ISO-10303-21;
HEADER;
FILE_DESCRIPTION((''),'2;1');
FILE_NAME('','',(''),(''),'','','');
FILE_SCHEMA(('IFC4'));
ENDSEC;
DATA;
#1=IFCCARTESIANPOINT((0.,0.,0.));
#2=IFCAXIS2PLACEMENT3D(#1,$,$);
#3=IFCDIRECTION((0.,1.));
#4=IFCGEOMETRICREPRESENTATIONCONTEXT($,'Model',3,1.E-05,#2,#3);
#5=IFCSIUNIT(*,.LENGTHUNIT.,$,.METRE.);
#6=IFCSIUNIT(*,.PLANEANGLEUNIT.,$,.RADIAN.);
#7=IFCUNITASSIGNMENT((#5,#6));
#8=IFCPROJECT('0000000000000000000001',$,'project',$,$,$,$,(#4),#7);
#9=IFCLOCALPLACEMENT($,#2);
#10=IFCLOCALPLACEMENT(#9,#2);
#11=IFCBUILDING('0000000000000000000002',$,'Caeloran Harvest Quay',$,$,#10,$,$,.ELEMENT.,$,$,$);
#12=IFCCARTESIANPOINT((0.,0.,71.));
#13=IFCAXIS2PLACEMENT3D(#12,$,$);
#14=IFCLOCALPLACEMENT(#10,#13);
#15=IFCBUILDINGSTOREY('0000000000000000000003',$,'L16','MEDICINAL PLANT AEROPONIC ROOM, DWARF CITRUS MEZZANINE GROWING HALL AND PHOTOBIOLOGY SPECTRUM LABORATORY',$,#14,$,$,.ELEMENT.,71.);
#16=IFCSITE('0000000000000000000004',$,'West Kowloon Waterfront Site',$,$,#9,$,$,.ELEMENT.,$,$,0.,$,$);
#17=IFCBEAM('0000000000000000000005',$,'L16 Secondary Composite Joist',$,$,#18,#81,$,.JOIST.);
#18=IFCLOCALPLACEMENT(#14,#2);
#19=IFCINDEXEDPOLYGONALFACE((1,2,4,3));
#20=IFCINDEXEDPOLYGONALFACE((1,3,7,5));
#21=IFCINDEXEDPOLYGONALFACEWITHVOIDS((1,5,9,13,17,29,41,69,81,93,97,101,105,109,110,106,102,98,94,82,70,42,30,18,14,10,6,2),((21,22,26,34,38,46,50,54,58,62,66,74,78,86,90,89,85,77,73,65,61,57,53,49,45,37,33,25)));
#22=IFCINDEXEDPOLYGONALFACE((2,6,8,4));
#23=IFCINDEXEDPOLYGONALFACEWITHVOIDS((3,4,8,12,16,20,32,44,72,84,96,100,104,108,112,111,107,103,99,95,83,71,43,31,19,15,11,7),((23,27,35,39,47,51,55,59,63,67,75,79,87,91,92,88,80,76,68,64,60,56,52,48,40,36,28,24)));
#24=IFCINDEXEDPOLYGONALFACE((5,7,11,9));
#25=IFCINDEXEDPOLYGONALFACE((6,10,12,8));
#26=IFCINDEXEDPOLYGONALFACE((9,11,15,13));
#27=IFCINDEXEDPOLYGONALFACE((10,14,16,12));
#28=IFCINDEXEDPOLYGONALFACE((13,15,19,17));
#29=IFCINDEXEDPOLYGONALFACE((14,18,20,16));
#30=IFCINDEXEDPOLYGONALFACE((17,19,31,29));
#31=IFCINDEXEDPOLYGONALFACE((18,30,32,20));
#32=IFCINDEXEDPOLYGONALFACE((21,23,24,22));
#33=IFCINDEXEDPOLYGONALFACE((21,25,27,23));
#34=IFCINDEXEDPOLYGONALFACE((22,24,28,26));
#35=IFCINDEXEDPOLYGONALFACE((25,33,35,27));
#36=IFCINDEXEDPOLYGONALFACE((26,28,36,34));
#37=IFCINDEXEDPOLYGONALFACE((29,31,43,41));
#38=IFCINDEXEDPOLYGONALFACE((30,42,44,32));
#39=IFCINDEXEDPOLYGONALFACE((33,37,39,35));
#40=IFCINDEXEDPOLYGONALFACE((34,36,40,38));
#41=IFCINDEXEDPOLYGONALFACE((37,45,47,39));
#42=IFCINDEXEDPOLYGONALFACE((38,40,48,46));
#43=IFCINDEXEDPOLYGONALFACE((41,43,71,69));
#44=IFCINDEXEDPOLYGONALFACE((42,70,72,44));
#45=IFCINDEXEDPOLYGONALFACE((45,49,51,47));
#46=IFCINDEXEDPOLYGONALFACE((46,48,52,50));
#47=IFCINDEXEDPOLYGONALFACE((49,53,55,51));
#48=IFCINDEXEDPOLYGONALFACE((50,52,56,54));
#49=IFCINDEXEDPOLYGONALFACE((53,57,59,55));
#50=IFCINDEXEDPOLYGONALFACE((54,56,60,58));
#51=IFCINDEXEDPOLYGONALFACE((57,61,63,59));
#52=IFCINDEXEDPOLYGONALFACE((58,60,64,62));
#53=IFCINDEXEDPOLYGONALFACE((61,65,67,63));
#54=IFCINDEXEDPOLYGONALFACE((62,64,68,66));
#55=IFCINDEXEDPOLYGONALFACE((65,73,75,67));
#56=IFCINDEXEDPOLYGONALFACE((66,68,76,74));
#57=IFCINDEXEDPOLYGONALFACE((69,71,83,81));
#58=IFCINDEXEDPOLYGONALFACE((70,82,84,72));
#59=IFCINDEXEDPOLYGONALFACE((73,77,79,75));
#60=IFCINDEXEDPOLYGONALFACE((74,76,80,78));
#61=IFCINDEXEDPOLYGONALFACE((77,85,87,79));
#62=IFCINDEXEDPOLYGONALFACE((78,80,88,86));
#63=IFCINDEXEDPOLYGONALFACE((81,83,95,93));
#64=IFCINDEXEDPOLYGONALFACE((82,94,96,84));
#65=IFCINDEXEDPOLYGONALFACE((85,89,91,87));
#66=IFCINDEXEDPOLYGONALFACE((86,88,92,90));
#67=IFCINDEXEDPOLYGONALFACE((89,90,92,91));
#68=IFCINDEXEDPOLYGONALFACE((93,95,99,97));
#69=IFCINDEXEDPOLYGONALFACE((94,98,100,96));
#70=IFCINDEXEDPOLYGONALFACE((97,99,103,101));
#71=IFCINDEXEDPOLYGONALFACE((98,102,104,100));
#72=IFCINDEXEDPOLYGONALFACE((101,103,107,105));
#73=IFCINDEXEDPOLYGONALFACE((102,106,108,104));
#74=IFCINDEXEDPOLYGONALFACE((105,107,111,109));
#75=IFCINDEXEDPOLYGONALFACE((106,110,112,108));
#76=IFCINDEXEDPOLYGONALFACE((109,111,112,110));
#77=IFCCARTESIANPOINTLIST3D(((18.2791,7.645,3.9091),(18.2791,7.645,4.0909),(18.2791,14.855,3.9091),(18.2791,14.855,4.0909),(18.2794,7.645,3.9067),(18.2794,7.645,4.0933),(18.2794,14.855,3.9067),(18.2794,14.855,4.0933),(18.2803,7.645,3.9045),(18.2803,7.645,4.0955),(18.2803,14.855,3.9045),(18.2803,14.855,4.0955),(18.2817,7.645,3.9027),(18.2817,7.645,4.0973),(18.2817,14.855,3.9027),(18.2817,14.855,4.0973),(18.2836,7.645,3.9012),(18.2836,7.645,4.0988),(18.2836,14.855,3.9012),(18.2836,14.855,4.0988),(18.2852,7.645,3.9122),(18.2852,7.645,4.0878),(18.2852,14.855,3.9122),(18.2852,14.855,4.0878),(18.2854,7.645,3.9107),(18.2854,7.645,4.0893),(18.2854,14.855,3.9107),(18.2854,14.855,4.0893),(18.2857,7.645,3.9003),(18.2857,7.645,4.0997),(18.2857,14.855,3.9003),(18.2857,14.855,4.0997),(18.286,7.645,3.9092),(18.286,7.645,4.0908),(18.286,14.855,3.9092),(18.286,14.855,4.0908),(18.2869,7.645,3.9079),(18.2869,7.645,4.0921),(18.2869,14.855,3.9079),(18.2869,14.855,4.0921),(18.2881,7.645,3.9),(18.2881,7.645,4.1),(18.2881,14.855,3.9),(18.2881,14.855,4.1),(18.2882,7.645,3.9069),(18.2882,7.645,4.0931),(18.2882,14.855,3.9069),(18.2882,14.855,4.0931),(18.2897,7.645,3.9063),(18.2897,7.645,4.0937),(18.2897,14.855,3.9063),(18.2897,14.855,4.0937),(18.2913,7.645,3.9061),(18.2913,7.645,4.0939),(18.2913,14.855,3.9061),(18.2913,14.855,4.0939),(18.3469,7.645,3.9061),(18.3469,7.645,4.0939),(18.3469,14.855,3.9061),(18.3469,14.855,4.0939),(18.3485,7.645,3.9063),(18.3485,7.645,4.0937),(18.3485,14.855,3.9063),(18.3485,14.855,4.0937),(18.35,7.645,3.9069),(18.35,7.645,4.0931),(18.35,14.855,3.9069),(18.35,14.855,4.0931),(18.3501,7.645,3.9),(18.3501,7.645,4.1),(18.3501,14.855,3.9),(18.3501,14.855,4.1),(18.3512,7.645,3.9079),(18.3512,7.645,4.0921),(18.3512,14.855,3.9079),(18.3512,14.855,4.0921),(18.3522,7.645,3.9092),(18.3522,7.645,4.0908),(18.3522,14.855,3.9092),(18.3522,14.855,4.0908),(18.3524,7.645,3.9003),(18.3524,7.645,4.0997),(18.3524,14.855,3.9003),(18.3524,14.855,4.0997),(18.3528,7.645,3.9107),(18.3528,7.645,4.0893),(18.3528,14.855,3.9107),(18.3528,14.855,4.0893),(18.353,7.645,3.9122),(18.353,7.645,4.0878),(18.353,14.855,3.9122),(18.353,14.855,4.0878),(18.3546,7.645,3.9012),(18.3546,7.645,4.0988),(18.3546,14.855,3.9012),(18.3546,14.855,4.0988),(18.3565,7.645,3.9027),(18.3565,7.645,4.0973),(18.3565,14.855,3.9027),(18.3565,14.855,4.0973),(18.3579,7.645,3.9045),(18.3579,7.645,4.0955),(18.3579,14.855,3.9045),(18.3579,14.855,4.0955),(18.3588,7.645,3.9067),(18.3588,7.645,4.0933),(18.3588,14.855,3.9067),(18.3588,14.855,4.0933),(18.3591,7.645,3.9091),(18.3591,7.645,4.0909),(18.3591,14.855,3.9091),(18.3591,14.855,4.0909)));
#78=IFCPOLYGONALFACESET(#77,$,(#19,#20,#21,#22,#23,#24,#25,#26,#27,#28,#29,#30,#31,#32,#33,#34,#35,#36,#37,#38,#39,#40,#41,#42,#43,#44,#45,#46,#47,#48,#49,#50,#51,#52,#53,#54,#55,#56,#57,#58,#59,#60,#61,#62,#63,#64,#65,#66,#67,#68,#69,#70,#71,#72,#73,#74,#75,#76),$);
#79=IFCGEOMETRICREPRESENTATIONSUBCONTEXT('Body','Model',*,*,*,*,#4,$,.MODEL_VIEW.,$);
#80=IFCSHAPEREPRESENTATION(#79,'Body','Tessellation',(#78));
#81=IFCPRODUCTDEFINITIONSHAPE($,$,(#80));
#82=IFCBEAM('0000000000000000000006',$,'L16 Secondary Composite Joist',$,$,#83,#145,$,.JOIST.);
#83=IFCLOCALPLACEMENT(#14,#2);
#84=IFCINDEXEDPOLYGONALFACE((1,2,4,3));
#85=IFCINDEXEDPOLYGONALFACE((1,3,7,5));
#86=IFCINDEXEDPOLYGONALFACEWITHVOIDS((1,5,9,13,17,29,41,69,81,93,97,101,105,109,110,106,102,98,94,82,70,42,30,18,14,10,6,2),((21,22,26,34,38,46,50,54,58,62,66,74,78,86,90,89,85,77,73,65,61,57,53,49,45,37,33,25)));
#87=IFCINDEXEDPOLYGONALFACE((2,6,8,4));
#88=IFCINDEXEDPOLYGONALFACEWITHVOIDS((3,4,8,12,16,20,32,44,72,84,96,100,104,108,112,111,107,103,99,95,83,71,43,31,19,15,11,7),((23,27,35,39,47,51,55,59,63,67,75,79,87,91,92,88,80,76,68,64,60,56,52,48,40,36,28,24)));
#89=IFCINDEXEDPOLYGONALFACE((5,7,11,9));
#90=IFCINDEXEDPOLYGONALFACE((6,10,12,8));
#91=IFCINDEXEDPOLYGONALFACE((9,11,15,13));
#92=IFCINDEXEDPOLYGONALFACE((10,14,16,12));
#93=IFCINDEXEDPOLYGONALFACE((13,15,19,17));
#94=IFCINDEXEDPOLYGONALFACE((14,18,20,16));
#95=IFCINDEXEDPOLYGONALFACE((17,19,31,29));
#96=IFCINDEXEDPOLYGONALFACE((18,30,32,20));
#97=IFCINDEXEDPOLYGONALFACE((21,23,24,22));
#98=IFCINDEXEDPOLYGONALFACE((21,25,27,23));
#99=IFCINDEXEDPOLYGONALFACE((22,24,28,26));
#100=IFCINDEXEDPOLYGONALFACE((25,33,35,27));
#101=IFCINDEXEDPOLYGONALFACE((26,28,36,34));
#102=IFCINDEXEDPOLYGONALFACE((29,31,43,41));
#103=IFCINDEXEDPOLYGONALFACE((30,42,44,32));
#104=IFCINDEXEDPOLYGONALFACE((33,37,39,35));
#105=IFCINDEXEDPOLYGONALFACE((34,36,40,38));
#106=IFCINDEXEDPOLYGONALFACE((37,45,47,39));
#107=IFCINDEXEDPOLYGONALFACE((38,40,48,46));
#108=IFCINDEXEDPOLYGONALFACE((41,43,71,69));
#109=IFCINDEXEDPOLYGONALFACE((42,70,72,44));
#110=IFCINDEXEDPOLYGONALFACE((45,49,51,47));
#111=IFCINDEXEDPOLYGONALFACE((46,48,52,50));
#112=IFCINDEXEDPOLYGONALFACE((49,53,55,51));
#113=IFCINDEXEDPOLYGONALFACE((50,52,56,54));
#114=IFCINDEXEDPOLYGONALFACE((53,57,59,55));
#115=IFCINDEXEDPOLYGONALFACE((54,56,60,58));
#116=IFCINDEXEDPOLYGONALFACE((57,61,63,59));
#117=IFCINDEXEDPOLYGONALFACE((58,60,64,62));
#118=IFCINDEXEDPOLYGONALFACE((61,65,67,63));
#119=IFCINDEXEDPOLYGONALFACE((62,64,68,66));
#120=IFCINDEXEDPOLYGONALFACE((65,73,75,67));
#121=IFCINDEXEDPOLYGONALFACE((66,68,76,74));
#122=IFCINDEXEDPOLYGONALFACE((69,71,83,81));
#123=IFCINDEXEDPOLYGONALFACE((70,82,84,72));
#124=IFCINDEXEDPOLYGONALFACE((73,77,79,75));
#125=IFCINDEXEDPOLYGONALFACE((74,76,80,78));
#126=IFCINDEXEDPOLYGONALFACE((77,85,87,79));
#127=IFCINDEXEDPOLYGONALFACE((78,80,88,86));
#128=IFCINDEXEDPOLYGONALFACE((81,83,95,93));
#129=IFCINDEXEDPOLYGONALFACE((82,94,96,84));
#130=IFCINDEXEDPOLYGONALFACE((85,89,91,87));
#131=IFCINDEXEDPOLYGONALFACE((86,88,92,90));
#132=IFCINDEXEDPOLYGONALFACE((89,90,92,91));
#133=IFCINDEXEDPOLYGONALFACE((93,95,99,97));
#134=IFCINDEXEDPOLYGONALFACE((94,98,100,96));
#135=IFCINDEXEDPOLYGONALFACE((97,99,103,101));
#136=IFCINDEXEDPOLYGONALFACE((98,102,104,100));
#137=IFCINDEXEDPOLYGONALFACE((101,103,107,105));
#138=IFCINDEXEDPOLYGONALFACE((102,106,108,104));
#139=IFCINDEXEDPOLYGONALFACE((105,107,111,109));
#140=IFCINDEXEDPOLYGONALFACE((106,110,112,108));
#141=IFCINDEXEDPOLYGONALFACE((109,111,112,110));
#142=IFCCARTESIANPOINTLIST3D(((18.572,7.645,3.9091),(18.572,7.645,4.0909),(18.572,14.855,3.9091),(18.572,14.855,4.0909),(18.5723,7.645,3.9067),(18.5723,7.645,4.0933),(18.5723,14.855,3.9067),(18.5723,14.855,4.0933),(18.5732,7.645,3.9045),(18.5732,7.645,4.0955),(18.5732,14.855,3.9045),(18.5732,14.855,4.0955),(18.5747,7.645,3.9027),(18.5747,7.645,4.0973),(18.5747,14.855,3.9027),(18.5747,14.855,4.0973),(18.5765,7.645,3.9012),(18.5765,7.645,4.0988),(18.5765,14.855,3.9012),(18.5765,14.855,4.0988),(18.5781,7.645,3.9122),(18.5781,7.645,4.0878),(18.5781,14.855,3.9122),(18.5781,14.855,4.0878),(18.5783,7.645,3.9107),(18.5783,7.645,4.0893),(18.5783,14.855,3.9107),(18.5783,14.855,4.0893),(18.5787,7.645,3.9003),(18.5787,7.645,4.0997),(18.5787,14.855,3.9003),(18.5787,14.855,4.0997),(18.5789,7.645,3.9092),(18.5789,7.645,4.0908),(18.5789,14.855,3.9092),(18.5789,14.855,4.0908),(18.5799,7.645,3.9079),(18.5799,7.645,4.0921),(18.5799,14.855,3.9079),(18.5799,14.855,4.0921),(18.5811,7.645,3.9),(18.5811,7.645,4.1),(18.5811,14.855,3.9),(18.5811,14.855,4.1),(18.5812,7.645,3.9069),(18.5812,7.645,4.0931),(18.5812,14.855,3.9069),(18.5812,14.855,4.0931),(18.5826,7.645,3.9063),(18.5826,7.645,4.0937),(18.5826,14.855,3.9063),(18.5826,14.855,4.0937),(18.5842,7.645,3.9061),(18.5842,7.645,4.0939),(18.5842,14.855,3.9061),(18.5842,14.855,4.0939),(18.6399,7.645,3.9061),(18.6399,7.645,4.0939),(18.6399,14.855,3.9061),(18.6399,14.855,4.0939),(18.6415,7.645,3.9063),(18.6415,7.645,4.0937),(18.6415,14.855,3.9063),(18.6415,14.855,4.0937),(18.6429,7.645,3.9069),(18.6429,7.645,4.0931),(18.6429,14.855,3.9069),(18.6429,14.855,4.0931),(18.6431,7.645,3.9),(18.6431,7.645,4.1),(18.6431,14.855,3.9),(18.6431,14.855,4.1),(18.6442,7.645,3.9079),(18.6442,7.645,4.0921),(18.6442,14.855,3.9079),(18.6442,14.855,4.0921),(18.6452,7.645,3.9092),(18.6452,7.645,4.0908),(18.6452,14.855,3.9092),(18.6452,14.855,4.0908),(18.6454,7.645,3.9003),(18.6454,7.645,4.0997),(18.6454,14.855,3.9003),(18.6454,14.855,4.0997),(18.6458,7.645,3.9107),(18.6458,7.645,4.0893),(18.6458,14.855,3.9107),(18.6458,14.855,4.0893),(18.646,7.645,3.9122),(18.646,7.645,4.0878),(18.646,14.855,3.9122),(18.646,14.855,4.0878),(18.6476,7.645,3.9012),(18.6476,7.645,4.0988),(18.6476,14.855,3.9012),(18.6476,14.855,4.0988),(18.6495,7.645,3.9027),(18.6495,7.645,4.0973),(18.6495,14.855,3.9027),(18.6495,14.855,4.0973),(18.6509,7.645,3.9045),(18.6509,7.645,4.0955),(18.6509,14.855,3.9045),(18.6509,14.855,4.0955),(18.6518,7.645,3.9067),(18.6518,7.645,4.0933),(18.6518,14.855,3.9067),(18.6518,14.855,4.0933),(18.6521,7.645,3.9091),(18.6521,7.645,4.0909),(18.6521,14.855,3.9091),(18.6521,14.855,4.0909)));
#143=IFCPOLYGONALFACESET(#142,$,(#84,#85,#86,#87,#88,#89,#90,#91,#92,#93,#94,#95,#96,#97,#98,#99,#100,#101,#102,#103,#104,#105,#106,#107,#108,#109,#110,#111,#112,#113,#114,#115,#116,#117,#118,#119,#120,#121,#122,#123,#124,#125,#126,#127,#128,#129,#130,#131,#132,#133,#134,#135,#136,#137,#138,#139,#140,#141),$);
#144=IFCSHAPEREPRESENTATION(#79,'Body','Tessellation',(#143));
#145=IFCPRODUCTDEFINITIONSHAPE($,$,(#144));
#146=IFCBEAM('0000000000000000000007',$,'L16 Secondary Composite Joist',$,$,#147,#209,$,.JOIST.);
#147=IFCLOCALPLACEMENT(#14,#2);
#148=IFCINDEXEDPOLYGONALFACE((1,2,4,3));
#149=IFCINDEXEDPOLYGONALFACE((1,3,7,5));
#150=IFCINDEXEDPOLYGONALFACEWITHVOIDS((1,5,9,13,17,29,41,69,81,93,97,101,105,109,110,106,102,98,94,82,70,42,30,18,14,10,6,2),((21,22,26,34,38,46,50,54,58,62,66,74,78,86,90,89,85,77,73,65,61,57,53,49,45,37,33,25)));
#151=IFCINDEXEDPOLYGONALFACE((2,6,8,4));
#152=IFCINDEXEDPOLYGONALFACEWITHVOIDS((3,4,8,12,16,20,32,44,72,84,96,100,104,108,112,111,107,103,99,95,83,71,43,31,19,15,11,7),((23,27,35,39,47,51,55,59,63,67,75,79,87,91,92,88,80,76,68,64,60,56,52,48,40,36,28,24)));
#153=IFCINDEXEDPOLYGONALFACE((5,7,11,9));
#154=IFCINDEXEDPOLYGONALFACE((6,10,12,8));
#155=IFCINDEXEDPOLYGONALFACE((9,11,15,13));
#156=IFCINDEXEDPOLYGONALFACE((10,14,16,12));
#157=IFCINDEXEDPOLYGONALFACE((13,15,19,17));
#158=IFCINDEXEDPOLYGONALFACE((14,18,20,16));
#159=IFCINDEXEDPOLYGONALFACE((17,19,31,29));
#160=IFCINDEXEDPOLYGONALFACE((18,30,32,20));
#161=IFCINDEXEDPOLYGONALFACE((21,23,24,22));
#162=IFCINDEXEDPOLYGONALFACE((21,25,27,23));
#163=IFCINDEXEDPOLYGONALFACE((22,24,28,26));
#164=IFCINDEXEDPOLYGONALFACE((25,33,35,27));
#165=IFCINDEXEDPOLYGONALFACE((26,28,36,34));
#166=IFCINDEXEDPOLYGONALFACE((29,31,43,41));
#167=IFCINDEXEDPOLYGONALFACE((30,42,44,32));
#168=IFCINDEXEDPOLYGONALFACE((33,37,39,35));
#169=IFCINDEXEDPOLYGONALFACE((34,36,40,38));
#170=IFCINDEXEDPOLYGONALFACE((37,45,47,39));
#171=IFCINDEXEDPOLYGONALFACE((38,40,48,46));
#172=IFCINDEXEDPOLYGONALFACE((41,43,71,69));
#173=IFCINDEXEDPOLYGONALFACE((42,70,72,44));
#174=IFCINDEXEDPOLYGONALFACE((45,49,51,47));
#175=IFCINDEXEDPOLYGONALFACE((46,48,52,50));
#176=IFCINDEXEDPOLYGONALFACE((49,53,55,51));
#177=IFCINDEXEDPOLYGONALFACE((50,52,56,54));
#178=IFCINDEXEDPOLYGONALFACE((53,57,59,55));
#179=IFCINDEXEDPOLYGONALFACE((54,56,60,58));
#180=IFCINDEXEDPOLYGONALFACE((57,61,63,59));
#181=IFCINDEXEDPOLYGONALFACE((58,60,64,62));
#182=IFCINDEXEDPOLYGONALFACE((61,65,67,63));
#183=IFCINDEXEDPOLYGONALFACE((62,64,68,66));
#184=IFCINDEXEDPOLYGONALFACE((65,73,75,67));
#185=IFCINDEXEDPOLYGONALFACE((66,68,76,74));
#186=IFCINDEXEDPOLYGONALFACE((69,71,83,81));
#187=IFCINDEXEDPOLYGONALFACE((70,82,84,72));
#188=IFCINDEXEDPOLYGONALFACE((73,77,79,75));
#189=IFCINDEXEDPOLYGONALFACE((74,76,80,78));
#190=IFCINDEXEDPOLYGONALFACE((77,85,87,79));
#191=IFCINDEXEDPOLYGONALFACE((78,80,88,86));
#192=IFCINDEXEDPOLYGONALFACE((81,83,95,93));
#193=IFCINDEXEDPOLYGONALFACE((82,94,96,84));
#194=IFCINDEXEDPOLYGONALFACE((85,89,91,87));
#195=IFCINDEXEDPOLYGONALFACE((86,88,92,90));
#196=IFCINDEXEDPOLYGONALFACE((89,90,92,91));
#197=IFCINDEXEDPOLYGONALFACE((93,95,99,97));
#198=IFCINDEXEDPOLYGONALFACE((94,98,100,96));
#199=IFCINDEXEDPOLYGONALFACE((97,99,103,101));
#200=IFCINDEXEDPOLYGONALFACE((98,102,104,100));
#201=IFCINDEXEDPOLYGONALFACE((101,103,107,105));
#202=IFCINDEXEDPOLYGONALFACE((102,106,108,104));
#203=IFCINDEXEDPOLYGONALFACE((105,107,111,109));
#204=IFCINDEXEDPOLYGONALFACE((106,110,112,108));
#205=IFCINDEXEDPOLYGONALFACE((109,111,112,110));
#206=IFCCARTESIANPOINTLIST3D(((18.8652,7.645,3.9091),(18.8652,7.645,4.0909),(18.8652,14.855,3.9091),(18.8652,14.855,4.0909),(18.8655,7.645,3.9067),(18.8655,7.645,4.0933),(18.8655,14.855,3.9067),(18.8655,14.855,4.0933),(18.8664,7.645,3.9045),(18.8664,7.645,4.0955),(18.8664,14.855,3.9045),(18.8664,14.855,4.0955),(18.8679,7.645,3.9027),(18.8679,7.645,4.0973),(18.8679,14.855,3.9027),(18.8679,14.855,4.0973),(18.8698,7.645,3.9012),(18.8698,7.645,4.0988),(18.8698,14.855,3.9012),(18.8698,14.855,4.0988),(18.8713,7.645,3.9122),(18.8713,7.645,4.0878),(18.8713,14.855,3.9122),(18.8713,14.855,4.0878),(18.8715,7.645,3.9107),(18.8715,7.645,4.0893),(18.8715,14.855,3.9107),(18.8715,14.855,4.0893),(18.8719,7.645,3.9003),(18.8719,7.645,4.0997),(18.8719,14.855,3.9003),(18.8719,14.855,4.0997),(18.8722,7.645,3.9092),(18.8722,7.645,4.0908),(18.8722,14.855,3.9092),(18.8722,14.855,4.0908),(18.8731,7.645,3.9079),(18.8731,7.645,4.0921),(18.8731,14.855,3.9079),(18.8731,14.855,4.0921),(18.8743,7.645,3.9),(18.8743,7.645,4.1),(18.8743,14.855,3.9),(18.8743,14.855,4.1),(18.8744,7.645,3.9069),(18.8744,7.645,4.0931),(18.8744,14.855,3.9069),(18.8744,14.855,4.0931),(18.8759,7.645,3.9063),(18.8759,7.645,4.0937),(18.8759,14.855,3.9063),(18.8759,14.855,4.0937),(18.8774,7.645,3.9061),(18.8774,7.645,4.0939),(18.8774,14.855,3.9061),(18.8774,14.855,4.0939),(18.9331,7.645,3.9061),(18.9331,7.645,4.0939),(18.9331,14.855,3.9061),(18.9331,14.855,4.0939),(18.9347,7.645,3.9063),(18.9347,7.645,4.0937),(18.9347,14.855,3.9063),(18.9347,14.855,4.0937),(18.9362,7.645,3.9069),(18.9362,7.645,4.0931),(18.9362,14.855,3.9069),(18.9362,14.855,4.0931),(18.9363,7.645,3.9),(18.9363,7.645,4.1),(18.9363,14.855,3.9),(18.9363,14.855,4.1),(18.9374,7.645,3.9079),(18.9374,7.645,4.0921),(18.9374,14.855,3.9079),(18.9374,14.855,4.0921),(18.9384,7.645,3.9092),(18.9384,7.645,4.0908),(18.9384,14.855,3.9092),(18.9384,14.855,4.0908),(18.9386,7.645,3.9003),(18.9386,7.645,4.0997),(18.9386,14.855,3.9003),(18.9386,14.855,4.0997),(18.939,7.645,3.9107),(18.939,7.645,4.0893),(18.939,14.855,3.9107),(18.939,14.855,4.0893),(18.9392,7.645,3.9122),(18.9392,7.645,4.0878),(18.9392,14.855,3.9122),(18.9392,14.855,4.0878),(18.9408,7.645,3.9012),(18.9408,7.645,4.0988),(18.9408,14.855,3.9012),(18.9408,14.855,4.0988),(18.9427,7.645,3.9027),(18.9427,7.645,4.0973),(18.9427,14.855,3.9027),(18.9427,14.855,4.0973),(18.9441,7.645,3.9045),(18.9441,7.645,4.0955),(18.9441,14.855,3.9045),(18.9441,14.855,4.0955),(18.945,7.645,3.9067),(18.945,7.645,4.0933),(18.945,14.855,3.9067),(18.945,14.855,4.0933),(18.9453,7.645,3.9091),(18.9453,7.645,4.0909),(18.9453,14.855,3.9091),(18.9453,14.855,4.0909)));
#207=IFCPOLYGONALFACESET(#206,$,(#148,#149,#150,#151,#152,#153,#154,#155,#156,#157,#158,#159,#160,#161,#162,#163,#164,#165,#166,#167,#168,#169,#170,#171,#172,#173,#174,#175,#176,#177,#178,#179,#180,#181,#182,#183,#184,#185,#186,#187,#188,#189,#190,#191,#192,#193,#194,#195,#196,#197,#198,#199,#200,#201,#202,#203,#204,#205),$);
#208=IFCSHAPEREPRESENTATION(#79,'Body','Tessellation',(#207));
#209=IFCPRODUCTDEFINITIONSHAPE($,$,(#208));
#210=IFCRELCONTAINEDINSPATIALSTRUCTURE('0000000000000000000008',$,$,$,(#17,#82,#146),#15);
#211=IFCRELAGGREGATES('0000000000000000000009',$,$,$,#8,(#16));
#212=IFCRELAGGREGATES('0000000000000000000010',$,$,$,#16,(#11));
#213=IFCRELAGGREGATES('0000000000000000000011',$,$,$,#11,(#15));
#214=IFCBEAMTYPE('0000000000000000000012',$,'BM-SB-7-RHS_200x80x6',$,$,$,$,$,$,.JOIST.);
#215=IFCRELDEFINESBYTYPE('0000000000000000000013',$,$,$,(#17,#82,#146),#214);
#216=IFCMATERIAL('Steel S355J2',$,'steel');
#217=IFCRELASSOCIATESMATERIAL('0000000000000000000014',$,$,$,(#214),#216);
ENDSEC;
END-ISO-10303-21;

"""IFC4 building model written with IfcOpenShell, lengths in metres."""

from ifc_helpers import new_model, si_unit, direction, frame, origin, origin_2d, place, context, subcontext, project, spatial, hollow_rectangle, extrude, material, material_profile, profile_set, type_object, element, save


model = new_model("IFC4")

# Units and contexts
model_context = context("Model", 3, precision=1e-05, world=origin(), true_north=direction((0.0, 1.0)))
body_context = subcontext(model_context, "Body", "Model", "MODEL_VIEW")
ifc_project = project(units=[si_unit("LENGTHUNIT", "METRE"), si_unit("PLANEANGLEUNIT", "RADIAN")], contexts=[model_context])

# Site, building, storey
site_placement = place(None, origin())
site = spatial("IfcSite", under=ifc_project, at=site_placement, Name="West Kowloon Waterfront Site", CompositionType="ELEMENT", RefElevation=0.0)
building_placement = place(site_placement, origin())
building = spatial("IfcBuilding", under=site, at=building_placement, Name="Caeloran Harvest Quay", CompositionType="ELEMENT")
storey_placement = place(building_placement, frame((0.0, 0.0, 71.0)))
storey = spatial("IfcBuildingStorey", under=building, at=storey_placement, Name="L16", Description="MEDICINAL PLANT AEROPONIC ROOM, DWARF CITRUS MEZZANINE GROWING HALL AND PHOTOBIOLOGY SPECTRUM LABORATORY", CompositionType="ELEMENT", Elevation=71.0)

# Beams
ifc_material_1 = material(Name="Steel S355J2", Category="steel")
ifc_material_profile_1 = material_profile(ifc_material_1, hollow_rectangle(XDim=0.0801, YDim=0.2, WallThickness=0.0061, InnerFilletRadius=0.0061, OuterFilletRadius=0.009, at=origin_2d()), Name="RHS 200x80x6")
ifc_profile_set_1 = profile_set([ifc_material_profile_1], Name="Steel S355J2")
beam_type_1 = type_object("IfcBeamType", Name="BM-SB-7-RHS_200x80x6", PredefinedType="JOIST", material=ifc_profile_set_1)
for number, where, z_axis, x_axis, name in (
    (1, (18.3191, 7.645, 4.0), (0.0, 1.0, 0.0), (-1.0, 0.0, 0.0), "L16 Secondary Composite Joist"),
    (2, (18.6121, 7.645, 4.0), (0.0, 1.0, 0.0), (-1.0, 0.0, 0.0), "L16 Secondary Composite Joist"),
    (3, (18.9053, 7.645, 4.0), (0.0, 1.0, 0.0), (-1.0, 0.0, 0.0), "L16 Secondary Composite Joist"),
):
    element("IfcBeam", number, at=place(storey_placement, frame(where, z_axis=z_axis, x_axis=x_axis)), inside=storey, type_object=beam_type_1, Name=name, PredefinedType="JOIST", context=body_context, shape_type="SweptSolid", body=[
        extrude(hollow_rectangle(XDim=0.0801, YDim=0.2, WallThickness=0.0061, InnerFilletRadius=0.0061, OuterFilletRadius=0.009, at=origin_2d()), origin(), (0.0, 0.0, 1.0), 7.21),
    ])

save(model, "model.ifc")
